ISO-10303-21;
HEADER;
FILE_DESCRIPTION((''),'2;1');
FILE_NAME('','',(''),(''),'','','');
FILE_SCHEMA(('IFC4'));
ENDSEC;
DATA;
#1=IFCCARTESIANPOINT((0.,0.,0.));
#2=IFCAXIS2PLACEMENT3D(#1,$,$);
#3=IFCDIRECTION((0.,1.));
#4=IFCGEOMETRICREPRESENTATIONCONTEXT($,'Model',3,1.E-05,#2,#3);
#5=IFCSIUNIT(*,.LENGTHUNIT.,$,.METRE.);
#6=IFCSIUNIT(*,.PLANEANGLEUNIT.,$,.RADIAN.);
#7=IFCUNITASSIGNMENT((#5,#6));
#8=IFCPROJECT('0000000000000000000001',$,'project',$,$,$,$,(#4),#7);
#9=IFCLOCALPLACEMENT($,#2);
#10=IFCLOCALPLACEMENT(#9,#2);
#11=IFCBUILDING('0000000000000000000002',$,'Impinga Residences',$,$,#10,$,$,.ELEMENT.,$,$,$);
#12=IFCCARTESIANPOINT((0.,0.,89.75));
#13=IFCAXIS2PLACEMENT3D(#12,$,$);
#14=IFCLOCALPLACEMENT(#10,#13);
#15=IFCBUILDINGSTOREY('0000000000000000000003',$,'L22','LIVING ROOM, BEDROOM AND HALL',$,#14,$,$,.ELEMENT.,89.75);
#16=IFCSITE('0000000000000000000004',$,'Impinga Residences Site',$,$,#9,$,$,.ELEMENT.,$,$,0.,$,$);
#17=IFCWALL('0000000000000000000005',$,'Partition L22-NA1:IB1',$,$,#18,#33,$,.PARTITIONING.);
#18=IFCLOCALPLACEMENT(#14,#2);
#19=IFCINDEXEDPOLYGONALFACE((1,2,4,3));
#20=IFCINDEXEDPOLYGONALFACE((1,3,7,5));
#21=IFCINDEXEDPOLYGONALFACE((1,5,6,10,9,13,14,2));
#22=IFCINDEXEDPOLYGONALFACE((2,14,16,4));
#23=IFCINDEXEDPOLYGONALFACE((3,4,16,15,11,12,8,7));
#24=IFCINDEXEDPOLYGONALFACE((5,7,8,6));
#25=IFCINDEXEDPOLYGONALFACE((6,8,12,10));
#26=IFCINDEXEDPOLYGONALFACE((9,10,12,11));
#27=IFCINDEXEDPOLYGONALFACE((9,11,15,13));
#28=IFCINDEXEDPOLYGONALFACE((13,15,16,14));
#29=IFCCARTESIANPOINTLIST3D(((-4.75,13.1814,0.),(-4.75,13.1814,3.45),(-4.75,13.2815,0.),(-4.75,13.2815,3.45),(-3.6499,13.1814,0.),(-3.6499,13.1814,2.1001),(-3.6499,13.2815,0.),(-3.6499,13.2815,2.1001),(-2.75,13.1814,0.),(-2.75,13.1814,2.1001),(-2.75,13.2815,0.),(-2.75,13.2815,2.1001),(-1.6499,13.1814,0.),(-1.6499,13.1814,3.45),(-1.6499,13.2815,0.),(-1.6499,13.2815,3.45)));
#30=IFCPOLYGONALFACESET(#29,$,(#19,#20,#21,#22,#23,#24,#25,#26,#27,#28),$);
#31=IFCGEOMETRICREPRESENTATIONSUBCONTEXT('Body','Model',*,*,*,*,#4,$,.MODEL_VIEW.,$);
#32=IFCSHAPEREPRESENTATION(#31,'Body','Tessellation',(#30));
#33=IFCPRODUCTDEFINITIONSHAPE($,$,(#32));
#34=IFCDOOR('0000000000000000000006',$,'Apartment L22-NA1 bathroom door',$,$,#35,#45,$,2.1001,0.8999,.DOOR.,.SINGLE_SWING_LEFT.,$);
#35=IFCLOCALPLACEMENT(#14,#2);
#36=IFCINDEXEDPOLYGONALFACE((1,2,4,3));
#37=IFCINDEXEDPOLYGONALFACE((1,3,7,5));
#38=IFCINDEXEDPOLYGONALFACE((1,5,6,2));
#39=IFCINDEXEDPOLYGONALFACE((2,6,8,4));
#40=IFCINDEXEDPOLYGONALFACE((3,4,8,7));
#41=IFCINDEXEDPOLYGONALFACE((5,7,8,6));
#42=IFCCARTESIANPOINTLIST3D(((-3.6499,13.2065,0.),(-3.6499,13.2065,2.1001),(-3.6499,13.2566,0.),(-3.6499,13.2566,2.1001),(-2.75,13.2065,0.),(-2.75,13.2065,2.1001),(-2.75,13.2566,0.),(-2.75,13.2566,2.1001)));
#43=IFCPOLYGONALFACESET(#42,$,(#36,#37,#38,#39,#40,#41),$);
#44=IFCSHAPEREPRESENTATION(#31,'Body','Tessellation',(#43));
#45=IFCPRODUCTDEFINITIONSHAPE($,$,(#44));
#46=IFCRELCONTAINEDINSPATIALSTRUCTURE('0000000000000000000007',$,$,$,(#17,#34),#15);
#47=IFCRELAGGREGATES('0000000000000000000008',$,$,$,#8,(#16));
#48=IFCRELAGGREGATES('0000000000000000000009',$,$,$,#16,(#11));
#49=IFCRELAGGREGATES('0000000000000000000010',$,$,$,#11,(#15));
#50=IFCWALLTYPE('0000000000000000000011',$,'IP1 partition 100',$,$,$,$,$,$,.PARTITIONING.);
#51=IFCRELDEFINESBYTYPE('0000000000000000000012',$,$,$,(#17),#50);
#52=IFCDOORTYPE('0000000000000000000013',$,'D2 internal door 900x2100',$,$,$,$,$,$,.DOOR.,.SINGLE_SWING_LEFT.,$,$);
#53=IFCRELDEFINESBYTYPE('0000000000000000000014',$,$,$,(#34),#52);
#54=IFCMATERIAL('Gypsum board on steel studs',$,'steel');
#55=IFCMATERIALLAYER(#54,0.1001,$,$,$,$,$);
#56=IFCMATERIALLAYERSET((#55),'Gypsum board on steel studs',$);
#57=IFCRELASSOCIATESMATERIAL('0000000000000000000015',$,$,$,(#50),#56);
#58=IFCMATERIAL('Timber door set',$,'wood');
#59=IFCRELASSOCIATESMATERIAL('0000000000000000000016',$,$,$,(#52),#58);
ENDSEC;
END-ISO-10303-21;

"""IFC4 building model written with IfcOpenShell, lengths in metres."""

from ifc_helpers import new_model, si_unit, direction, frame, frame_2d, origin, place, context, subcontext, project, spatial, rectangle, extrude, material, layer, layer_set, type_object, element, fill, save


model = new_model("IFC4")

# Units and contexts
model_context = context("Model", 3, precision=1e-05, world=origin(), true_north=direction((0.0, 1.0)))
body_context = subcontext(model_context, "Body", "Model", "MODEL_VIEW")
ifc_project = project(units=[si_unit("LENGTHUNIT", "METRE"), si_unit("PLANEANGLEUNIT", "RADIAN")], contexts=[model_context])

# Site, building, storey
site_placement = place(None, origin())
site = spatial("IfcSite", under=ifc_project, at=site_placement, Name="Impinga Residences Site", CompositionType="ELEMENT", RefElevation=0.0)
building_placement = place(site_placement, origin())
building = spatial("IfcBuilding", under=site, at=building_placement, Name="Impinga Residences", CompositionType="ELEMENT")
storey_placement = place(building_placement, frame((0.0, 0.0, 89.75)))
storey = spatial("IfcBuildingStorey", under=building, at=storey_placement, Name="L22", Description="LIVING ROOM, BEDROOM AND HALL", CompositionType="ELEMENT", Elevation=89.75)

# Shared definitions
ifc_material_1 = material(Name="Timber door set", Category="wood")

# Shared definitions
ifc_material_2 = material(Name="Gypsum board on steel studs", Category="steel")
ifc_layer_1 = layer(ifc_material_2, 0.1001)
ifc_layer_set_1 = layer_set([ifc_layer_1], Name="Gypsum board on steel studs")
wall_type_1 = type_object("IfcWallType", Name="IP1 partition 100", PredefinedType="PARTITIONING", material=ifc_layer_set_1)

# Shared definitions
door_type_1 = type_object("IfcDoorType", Name="D2 internal door 900x2100", OperationType="SINGLE_SWING_LEFT", PredefinedType="DOOR", material=ifc_material_1)

# Wall, opening, door
wall_1_placement = place(storey_placement, frame((-1.6499, 13.2314, 0.0), z_axis=(0.0, 0.0, 1.0), x_axis=(-1.0, 0.0, 0.0)))
wall_1 = element("IfcWall", 1, at=wall_1_placement, inside=storey, type_object=wall_type_1, Name="Partition L22-NA1:IB1", PredefinedType="PARTITIONING", context=body_context, shape_type="SweptSolid", body=[
    extrude(rectangle(XDim=3.1001, YDim=0.1001, at=frame_2d((1.55, 0.0))), origin(), (0.0, 0.0, 1.0), 3.45),
])
opening_1_placement = place(wall_1_placement, frame((1.1001, 0.0, 0.0)))
opening_1 = element("IfcOpeningElement", 2, at=opening_1_placement, cuts=wall_1, PredefinedType="OPENING", context=body_context, shape_type="SweptSolid", body=[
    extrude(rectangle(XDim=0.8999, YDim=2.1001, at=frame_2d((0.45, 1.05))), frame((0.0, 0.0601, 0.0), z_axis=(0.0, -1.0, 0.0), x_axis=(1.0, 0.0, 0.0)), (0.0, 0.0, 1.0), 0.1201),
])
door_1_placement = place(opening_1_placement, origin())
door_1 = element("IfcDoor", 3, at=door_1_placement, inside=storey, type_object=door_type_1, Name="Apartment L22-NA1 bathroom door", OperationType="SINGLE_SWING_LEFT", OverallHeight=2.1001, OverallWidth=0.8999, PredefinedType="DOOR", context=body_context, shape_type="SweptSolid", body=[
    extrude(rectangle(XDim=0.8999, YDim=2.1001, at=frame_2d((0.45, 1.05))), frame((0.0, 0.0249, 0.0), z_axis=(0.0, -1.0, 0.0), x_axis=(1.0, 0.0, 0.0)), (0.0, 0.0, 1.0), 0.05),
])
fill(opening_1, door_1)

save(model, "model.ifc")
